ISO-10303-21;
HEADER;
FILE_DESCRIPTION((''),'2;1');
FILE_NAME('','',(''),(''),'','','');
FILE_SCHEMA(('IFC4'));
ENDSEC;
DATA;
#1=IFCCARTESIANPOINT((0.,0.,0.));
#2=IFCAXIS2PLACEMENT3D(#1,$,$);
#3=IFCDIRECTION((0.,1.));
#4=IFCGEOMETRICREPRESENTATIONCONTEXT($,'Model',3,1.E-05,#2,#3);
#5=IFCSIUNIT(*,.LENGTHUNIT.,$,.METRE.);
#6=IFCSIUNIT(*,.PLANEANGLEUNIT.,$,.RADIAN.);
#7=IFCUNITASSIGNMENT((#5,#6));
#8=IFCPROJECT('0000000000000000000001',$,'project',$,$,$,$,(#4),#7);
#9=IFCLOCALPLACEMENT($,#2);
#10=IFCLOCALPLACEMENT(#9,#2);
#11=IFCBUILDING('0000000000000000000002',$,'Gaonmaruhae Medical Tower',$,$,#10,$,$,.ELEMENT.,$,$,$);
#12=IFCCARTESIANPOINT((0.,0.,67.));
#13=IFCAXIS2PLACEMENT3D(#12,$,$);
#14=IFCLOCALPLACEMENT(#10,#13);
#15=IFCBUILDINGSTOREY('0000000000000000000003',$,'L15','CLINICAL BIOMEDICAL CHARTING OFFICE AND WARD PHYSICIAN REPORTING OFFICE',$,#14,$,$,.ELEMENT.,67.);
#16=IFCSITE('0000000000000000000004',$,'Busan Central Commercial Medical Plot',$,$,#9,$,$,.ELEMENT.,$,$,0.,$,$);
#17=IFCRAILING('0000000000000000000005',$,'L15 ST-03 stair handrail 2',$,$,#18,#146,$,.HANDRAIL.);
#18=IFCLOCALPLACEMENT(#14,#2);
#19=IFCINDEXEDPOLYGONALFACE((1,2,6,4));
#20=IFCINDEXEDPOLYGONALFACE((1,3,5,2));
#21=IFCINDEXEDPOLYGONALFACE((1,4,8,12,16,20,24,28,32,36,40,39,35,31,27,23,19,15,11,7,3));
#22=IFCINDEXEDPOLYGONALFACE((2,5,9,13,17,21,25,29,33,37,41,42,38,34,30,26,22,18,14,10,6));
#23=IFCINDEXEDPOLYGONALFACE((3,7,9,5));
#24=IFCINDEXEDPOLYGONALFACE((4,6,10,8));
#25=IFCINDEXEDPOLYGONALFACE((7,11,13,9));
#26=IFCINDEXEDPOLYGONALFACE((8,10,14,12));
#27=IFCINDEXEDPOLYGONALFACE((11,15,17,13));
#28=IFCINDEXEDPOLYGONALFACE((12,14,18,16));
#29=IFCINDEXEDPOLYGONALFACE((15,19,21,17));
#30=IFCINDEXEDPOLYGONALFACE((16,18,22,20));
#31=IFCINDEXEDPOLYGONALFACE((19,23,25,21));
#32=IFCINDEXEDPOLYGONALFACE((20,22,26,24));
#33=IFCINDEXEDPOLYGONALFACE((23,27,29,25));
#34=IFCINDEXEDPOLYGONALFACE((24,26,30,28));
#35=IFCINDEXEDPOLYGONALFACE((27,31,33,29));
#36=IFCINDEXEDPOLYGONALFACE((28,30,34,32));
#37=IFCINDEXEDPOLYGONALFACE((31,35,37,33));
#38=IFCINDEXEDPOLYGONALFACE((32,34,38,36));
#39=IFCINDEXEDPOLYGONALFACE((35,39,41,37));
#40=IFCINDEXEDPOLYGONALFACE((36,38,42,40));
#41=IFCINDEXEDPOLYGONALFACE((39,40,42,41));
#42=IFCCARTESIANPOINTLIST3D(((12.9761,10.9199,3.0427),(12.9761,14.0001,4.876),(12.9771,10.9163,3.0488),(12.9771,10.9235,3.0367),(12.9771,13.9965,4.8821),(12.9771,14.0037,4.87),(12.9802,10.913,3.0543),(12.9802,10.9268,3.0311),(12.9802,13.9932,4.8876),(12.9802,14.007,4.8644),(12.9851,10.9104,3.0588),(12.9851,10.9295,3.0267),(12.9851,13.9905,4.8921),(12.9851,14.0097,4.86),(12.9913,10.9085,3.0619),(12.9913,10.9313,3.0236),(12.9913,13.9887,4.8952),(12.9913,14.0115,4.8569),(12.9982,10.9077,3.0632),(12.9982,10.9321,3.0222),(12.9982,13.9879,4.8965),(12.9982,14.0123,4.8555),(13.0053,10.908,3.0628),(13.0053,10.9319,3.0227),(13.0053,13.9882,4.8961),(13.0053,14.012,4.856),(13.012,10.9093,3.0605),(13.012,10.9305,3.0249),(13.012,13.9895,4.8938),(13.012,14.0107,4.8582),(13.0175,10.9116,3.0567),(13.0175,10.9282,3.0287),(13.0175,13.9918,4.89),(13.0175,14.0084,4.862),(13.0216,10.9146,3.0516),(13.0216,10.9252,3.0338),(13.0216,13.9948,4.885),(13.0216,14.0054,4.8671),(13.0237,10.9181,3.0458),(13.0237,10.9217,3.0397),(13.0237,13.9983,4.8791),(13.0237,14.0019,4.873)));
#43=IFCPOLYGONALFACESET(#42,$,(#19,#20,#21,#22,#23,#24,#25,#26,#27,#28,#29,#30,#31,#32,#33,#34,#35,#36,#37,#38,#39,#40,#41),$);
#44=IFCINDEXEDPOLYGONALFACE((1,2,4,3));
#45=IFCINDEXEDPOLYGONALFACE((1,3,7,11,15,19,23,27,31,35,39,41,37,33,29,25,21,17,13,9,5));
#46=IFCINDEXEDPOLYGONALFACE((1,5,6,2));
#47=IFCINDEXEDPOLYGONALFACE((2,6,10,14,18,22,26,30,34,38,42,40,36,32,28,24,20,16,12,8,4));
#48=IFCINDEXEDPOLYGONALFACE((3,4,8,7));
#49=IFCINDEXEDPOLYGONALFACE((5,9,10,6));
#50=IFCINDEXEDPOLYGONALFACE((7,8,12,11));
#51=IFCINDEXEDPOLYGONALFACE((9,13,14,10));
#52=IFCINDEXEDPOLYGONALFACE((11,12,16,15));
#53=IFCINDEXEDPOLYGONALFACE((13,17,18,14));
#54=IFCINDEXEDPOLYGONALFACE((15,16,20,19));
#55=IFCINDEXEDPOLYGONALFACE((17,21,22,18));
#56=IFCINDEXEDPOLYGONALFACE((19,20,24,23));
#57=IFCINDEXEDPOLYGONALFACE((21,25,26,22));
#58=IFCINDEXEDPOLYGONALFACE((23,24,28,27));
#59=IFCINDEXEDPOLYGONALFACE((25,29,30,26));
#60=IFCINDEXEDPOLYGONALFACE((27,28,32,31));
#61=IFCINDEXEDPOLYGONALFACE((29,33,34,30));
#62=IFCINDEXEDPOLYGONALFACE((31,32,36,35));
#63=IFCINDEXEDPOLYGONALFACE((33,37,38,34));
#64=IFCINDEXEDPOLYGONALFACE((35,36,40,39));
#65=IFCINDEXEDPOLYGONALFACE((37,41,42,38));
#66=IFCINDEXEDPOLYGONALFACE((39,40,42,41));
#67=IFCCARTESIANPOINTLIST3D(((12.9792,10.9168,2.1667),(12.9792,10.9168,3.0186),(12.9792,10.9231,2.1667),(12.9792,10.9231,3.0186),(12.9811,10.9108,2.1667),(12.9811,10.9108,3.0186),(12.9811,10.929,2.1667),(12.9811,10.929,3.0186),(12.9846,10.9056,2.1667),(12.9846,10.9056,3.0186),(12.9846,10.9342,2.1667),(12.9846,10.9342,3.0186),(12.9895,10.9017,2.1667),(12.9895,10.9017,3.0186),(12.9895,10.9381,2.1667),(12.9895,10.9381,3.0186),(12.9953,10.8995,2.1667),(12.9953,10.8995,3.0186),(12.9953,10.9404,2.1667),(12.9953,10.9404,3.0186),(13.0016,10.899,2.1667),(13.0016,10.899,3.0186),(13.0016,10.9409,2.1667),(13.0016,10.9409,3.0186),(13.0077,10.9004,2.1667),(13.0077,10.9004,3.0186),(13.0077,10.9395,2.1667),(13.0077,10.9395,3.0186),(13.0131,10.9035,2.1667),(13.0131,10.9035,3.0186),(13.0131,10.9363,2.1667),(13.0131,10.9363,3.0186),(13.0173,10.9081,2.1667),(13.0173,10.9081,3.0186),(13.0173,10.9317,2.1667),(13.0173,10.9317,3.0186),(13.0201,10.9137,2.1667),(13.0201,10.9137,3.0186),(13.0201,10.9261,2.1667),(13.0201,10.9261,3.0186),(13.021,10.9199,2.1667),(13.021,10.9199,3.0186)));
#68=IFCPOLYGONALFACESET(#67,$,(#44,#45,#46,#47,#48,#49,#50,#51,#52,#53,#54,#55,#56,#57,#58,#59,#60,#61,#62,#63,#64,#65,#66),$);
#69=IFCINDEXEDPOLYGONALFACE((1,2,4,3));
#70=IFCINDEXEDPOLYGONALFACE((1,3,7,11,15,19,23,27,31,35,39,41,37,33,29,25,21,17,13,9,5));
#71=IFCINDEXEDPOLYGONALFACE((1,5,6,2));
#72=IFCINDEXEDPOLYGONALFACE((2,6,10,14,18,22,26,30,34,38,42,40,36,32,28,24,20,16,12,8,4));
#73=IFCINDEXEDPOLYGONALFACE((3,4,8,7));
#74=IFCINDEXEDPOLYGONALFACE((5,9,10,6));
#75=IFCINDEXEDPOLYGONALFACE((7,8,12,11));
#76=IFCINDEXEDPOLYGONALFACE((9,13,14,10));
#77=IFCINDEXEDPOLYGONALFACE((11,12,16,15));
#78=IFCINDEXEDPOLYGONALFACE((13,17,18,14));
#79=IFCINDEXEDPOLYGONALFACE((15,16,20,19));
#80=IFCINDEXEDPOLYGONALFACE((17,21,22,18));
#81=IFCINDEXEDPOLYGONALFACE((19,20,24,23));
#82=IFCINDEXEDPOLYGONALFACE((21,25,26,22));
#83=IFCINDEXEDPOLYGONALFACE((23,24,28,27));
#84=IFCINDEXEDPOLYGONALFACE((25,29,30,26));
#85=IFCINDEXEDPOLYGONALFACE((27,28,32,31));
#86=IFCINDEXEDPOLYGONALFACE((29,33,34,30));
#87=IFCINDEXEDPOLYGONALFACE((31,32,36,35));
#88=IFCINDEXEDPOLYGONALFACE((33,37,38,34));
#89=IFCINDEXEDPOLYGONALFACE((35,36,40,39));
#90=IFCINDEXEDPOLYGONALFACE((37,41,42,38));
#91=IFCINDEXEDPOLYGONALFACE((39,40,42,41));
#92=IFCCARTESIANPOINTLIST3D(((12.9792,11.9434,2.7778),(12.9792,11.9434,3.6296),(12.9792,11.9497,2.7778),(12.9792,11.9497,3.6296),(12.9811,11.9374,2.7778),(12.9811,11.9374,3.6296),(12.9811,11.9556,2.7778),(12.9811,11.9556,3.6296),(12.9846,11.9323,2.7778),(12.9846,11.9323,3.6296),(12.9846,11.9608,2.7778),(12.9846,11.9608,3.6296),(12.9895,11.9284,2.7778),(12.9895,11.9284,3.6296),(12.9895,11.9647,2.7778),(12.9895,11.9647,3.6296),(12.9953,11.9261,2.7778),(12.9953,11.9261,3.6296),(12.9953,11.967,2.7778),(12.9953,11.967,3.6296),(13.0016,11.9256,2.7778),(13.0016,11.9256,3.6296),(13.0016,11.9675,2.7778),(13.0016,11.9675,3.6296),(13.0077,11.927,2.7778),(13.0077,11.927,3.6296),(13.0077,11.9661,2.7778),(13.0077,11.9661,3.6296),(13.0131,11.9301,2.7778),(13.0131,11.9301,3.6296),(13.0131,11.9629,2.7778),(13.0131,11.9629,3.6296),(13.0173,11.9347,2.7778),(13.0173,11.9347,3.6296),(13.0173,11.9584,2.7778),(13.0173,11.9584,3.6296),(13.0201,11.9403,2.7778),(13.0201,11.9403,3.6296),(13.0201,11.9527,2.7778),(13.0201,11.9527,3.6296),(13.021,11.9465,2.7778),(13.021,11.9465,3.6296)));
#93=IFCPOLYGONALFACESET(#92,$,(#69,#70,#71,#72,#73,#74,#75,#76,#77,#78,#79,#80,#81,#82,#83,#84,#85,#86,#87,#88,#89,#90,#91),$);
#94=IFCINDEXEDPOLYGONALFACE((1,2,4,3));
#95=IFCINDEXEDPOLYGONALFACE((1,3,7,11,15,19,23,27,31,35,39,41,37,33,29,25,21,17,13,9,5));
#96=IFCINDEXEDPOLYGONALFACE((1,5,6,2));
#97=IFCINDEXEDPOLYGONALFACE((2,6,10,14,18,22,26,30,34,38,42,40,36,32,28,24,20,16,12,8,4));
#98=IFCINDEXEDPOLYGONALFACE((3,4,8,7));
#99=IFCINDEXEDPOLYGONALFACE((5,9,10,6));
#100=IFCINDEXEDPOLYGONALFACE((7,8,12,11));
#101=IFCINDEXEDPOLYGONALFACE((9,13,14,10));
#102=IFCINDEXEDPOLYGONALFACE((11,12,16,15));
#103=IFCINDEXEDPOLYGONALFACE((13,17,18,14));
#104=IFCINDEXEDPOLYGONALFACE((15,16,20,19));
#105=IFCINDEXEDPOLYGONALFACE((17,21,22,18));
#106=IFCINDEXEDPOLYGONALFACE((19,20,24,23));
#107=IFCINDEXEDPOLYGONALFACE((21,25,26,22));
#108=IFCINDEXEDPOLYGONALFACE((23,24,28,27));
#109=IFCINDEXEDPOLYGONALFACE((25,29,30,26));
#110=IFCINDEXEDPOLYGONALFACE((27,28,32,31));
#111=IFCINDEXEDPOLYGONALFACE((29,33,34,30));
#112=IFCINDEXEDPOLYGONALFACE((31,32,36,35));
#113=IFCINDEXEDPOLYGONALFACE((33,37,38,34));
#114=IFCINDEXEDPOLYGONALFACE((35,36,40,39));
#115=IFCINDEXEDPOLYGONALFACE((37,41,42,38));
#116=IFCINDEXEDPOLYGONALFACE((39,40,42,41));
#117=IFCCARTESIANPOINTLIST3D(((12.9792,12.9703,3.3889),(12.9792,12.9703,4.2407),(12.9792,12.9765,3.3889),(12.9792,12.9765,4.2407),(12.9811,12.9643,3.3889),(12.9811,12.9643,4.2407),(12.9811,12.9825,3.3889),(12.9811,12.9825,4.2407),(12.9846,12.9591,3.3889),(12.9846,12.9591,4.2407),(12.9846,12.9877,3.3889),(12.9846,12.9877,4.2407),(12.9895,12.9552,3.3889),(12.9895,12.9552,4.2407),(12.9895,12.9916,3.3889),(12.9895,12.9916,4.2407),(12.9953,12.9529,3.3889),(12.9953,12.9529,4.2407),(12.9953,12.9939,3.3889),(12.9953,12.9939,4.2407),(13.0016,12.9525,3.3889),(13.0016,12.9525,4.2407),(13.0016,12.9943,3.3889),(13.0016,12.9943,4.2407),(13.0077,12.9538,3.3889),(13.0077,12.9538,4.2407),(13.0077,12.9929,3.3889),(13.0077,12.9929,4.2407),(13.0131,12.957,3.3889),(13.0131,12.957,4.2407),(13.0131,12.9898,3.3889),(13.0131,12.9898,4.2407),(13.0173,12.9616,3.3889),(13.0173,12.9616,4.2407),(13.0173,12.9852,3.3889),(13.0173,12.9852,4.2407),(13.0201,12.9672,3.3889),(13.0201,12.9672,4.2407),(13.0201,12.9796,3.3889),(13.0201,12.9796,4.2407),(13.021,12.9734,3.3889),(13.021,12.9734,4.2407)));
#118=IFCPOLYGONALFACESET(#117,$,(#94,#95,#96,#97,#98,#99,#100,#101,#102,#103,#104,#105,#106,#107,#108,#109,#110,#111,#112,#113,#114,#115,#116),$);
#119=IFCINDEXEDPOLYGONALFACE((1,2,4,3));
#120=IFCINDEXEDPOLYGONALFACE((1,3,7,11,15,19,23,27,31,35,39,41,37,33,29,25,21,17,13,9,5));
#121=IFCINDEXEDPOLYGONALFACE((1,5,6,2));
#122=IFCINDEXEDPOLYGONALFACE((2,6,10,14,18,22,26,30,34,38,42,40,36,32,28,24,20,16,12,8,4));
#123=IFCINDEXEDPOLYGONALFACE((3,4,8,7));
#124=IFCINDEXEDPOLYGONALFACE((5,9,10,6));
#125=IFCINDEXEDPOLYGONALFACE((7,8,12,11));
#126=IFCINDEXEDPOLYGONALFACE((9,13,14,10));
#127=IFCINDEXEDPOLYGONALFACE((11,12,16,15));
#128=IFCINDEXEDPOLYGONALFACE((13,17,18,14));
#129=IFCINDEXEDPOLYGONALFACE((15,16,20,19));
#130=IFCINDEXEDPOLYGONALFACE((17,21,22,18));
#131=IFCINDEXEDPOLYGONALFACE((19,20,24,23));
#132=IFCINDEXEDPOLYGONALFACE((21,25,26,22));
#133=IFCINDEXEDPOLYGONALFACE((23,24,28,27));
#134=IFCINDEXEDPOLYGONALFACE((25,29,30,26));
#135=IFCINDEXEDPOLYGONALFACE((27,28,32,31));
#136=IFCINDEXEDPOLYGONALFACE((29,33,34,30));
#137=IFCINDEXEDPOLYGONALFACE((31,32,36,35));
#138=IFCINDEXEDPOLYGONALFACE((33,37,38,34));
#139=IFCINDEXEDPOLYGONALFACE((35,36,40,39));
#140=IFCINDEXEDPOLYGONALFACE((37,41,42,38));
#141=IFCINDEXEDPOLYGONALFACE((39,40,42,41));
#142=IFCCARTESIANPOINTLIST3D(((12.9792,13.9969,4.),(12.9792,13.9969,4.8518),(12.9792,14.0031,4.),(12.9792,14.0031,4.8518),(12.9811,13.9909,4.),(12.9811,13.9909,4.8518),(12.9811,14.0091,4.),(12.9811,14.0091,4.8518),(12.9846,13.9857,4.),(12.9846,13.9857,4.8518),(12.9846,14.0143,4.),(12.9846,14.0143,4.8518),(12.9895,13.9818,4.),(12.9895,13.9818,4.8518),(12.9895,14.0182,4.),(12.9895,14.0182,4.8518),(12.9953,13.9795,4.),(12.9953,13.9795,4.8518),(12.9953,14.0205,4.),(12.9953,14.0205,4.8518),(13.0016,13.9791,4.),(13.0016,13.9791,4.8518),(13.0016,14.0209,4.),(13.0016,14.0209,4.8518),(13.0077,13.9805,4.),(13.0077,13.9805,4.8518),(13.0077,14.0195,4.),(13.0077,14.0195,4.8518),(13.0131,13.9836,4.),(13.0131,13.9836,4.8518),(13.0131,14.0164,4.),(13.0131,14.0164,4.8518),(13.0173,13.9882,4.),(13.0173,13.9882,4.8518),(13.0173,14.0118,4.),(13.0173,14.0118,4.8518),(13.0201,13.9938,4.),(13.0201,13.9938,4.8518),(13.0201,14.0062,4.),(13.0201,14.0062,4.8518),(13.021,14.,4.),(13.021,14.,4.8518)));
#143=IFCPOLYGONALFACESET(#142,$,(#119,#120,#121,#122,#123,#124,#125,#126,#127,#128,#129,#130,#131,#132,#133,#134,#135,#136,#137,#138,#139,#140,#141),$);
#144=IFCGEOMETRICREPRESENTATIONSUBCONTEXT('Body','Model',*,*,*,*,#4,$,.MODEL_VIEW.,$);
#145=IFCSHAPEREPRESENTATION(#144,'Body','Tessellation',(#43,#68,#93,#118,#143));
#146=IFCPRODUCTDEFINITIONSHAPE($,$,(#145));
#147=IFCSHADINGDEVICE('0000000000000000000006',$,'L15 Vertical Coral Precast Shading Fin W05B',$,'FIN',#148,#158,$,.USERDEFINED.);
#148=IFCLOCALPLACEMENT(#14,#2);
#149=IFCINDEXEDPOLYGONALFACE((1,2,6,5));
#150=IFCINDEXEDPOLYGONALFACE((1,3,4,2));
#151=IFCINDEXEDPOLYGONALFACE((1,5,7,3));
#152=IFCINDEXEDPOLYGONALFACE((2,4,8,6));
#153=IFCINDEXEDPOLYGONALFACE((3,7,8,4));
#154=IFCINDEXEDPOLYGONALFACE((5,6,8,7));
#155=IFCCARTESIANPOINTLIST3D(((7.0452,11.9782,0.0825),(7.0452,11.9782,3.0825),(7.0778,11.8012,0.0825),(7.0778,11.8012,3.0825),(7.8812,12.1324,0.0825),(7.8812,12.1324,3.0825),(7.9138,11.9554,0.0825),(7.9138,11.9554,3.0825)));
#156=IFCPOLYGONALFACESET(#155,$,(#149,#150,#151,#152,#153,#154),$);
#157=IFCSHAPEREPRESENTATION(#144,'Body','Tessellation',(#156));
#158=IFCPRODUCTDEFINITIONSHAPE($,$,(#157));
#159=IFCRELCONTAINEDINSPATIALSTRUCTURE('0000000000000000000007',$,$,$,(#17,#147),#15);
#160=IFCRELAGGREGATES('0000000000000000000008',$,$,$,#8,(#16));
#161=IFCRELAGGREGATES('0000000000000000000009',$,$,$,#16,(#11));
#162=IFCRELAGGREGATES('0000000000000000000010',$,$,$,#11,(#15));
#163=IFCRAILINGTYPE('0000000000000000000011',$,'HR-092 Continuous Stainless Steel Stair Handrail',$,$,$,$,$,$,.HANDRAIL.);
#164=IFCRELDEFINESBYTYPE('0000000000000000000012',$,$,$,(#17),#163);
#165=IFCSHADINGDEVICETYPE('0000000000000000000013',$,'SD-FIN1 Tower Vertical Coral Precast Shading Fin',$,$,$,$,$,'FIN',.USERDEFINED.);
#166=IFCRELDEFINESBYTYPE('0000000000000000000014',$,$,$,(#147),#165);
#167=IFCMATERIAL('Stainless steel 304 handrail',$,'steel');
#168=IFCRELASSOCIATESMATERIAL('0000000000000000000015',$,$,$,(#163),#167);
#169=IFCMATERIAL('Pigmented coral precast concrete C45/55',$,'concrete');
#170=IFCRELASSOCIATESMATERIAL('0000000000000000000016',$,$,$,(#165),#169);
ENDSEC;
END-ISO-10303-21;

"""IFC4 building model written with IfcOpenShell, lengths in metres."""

from ifc_helpers import new_model, si_unit, direction, frame, origin, origin_2d, place, context, subcontext, project, spatial, rectangle, circle, extrude, material, type_object, element, save


model = new_model("IFC4")

# Units and contexts
model_context = context("Model", 3, precision=1e-05, world=origin(), true_north=direction((0.0, 1.0)))
body_context = subcontext(model_context, "Body", "Model", "MODEL_VIEW")
ifc_project = project(units=[si_unit("LENGTHUNIT", "METRE"), si_unit("PLANEANGLEUNIT", "RADIAN")], contexts=[model_context])

# Site, building, storey
site_placement = place(None, origin())
site = spatial("IfcSite", under=ifc_project, at=site_placement, Name="Busan Central Commercial Medical Plot", CompositionType="ELEMENT", RefElevation=0.0)
building_placement = place(site_placement, origin())
building = spatial("IfcBuilding", under=site, at=building_placement, Name="Gaonmaruhae Medical Tower", CompositionType="ELEMENT")
storey_placement = place(building_placement, frame((0.0, 0.0, 67.0)))
storey = spatial("IfcBuildingStorey", under=building, at=storey_placement, Name="L15", Description="CLINICAL BIOMEDICAL CHARTING OFFICE AND WARD PHYSICIAN REPORTING OFFICE", CompositionType="ELEMENT", Elevation=67.0)

# Railing
ifc_material_1 = material(Name="Stainless steel 304 handrail", Category="steel")
railing_type_1 = type_object("IfcRailingType", Name="HR-092 Continuous Stainless Steel Stair Handrail", PredefinedType="HANDRAIL", material=ifc_material_1)
railing_1_placement = place(storey_placement, frame((13.0, 10.9199, 2.1667)))
element("IfcRailing", 1, at=railing_1_placement, inside=storey, type_object=railing_type_1, Name="L15 ST-03 stair handrail 2", PredefinedType="HANDRAIL", context=body_context, shape_type="SweptSolid", body=[
    extrude(circle(Radius=0.0239, at=origin_2d()), frame((0.0, 0.0, 0.876), z_axis=(0.0, 0.859309, 0.511458), x_axis=(-1.0, 0.0, 0.0)), (0.0, 0.0, 1.0), 3.5845),
    extrude(circle(Radius=0.021, at=origin_2d()), origin(), (0.0, 0.0, 1.0), 0.8518),
    extrude(circle(Radius=0.021, at=origin_2d()), frame((0.0, 1.0266, 0.6111)), (0.0, 0.0, 1.0), 0.8518),
    extrude(circle(Radius=0.021, at=origin_2d()), frame((0.0, 2.0535, 1.2222)), (0.0, 0.0, 1.0), 0.8518),
    extrude(circle(Radius=0.021, at=origin_2d()), frame((0.0, 3.0801, 1.8333)), (0.0, 0.0, 1.0), 0.8518),
])

# Shading device
ifc_material_2 = material(Name="Pigmented coral precast concrete C45/55", Category="concrete")
shading_device_type = type_object("IfcShadingDeviceType", Name="SD-FIN1 Tower Vertical Coral Precast Shading Fin", ElementType="FIN", PredefinedType="USERDEFINED", material=ifc_material_2)
shading_device_placement = place(storey_placement, frame((7.4795, 11.9668, 0.0825), z_axis=(0.0, 0.0, 1.0), x_axis=(-0.181395, 0.98341, 0.0)))
element("IfcShadingDevice", 2, at=shading_device_placement, inside=storey, type_object=shading_device_type, Name="L15 Vertical Coral Precast Shading Fin W05B", ObjectType="FIN", PredefinedType="USERDEFINED", context=body_context, shape_type="SweptSolid", body=[
    extrude(rectangle(XDim=0.1799, YDim=0.8501, at=origin_2d()), origin(), (0.0, 0.0, 1.0), 3.0),
])

save(model, "model.ifc")
